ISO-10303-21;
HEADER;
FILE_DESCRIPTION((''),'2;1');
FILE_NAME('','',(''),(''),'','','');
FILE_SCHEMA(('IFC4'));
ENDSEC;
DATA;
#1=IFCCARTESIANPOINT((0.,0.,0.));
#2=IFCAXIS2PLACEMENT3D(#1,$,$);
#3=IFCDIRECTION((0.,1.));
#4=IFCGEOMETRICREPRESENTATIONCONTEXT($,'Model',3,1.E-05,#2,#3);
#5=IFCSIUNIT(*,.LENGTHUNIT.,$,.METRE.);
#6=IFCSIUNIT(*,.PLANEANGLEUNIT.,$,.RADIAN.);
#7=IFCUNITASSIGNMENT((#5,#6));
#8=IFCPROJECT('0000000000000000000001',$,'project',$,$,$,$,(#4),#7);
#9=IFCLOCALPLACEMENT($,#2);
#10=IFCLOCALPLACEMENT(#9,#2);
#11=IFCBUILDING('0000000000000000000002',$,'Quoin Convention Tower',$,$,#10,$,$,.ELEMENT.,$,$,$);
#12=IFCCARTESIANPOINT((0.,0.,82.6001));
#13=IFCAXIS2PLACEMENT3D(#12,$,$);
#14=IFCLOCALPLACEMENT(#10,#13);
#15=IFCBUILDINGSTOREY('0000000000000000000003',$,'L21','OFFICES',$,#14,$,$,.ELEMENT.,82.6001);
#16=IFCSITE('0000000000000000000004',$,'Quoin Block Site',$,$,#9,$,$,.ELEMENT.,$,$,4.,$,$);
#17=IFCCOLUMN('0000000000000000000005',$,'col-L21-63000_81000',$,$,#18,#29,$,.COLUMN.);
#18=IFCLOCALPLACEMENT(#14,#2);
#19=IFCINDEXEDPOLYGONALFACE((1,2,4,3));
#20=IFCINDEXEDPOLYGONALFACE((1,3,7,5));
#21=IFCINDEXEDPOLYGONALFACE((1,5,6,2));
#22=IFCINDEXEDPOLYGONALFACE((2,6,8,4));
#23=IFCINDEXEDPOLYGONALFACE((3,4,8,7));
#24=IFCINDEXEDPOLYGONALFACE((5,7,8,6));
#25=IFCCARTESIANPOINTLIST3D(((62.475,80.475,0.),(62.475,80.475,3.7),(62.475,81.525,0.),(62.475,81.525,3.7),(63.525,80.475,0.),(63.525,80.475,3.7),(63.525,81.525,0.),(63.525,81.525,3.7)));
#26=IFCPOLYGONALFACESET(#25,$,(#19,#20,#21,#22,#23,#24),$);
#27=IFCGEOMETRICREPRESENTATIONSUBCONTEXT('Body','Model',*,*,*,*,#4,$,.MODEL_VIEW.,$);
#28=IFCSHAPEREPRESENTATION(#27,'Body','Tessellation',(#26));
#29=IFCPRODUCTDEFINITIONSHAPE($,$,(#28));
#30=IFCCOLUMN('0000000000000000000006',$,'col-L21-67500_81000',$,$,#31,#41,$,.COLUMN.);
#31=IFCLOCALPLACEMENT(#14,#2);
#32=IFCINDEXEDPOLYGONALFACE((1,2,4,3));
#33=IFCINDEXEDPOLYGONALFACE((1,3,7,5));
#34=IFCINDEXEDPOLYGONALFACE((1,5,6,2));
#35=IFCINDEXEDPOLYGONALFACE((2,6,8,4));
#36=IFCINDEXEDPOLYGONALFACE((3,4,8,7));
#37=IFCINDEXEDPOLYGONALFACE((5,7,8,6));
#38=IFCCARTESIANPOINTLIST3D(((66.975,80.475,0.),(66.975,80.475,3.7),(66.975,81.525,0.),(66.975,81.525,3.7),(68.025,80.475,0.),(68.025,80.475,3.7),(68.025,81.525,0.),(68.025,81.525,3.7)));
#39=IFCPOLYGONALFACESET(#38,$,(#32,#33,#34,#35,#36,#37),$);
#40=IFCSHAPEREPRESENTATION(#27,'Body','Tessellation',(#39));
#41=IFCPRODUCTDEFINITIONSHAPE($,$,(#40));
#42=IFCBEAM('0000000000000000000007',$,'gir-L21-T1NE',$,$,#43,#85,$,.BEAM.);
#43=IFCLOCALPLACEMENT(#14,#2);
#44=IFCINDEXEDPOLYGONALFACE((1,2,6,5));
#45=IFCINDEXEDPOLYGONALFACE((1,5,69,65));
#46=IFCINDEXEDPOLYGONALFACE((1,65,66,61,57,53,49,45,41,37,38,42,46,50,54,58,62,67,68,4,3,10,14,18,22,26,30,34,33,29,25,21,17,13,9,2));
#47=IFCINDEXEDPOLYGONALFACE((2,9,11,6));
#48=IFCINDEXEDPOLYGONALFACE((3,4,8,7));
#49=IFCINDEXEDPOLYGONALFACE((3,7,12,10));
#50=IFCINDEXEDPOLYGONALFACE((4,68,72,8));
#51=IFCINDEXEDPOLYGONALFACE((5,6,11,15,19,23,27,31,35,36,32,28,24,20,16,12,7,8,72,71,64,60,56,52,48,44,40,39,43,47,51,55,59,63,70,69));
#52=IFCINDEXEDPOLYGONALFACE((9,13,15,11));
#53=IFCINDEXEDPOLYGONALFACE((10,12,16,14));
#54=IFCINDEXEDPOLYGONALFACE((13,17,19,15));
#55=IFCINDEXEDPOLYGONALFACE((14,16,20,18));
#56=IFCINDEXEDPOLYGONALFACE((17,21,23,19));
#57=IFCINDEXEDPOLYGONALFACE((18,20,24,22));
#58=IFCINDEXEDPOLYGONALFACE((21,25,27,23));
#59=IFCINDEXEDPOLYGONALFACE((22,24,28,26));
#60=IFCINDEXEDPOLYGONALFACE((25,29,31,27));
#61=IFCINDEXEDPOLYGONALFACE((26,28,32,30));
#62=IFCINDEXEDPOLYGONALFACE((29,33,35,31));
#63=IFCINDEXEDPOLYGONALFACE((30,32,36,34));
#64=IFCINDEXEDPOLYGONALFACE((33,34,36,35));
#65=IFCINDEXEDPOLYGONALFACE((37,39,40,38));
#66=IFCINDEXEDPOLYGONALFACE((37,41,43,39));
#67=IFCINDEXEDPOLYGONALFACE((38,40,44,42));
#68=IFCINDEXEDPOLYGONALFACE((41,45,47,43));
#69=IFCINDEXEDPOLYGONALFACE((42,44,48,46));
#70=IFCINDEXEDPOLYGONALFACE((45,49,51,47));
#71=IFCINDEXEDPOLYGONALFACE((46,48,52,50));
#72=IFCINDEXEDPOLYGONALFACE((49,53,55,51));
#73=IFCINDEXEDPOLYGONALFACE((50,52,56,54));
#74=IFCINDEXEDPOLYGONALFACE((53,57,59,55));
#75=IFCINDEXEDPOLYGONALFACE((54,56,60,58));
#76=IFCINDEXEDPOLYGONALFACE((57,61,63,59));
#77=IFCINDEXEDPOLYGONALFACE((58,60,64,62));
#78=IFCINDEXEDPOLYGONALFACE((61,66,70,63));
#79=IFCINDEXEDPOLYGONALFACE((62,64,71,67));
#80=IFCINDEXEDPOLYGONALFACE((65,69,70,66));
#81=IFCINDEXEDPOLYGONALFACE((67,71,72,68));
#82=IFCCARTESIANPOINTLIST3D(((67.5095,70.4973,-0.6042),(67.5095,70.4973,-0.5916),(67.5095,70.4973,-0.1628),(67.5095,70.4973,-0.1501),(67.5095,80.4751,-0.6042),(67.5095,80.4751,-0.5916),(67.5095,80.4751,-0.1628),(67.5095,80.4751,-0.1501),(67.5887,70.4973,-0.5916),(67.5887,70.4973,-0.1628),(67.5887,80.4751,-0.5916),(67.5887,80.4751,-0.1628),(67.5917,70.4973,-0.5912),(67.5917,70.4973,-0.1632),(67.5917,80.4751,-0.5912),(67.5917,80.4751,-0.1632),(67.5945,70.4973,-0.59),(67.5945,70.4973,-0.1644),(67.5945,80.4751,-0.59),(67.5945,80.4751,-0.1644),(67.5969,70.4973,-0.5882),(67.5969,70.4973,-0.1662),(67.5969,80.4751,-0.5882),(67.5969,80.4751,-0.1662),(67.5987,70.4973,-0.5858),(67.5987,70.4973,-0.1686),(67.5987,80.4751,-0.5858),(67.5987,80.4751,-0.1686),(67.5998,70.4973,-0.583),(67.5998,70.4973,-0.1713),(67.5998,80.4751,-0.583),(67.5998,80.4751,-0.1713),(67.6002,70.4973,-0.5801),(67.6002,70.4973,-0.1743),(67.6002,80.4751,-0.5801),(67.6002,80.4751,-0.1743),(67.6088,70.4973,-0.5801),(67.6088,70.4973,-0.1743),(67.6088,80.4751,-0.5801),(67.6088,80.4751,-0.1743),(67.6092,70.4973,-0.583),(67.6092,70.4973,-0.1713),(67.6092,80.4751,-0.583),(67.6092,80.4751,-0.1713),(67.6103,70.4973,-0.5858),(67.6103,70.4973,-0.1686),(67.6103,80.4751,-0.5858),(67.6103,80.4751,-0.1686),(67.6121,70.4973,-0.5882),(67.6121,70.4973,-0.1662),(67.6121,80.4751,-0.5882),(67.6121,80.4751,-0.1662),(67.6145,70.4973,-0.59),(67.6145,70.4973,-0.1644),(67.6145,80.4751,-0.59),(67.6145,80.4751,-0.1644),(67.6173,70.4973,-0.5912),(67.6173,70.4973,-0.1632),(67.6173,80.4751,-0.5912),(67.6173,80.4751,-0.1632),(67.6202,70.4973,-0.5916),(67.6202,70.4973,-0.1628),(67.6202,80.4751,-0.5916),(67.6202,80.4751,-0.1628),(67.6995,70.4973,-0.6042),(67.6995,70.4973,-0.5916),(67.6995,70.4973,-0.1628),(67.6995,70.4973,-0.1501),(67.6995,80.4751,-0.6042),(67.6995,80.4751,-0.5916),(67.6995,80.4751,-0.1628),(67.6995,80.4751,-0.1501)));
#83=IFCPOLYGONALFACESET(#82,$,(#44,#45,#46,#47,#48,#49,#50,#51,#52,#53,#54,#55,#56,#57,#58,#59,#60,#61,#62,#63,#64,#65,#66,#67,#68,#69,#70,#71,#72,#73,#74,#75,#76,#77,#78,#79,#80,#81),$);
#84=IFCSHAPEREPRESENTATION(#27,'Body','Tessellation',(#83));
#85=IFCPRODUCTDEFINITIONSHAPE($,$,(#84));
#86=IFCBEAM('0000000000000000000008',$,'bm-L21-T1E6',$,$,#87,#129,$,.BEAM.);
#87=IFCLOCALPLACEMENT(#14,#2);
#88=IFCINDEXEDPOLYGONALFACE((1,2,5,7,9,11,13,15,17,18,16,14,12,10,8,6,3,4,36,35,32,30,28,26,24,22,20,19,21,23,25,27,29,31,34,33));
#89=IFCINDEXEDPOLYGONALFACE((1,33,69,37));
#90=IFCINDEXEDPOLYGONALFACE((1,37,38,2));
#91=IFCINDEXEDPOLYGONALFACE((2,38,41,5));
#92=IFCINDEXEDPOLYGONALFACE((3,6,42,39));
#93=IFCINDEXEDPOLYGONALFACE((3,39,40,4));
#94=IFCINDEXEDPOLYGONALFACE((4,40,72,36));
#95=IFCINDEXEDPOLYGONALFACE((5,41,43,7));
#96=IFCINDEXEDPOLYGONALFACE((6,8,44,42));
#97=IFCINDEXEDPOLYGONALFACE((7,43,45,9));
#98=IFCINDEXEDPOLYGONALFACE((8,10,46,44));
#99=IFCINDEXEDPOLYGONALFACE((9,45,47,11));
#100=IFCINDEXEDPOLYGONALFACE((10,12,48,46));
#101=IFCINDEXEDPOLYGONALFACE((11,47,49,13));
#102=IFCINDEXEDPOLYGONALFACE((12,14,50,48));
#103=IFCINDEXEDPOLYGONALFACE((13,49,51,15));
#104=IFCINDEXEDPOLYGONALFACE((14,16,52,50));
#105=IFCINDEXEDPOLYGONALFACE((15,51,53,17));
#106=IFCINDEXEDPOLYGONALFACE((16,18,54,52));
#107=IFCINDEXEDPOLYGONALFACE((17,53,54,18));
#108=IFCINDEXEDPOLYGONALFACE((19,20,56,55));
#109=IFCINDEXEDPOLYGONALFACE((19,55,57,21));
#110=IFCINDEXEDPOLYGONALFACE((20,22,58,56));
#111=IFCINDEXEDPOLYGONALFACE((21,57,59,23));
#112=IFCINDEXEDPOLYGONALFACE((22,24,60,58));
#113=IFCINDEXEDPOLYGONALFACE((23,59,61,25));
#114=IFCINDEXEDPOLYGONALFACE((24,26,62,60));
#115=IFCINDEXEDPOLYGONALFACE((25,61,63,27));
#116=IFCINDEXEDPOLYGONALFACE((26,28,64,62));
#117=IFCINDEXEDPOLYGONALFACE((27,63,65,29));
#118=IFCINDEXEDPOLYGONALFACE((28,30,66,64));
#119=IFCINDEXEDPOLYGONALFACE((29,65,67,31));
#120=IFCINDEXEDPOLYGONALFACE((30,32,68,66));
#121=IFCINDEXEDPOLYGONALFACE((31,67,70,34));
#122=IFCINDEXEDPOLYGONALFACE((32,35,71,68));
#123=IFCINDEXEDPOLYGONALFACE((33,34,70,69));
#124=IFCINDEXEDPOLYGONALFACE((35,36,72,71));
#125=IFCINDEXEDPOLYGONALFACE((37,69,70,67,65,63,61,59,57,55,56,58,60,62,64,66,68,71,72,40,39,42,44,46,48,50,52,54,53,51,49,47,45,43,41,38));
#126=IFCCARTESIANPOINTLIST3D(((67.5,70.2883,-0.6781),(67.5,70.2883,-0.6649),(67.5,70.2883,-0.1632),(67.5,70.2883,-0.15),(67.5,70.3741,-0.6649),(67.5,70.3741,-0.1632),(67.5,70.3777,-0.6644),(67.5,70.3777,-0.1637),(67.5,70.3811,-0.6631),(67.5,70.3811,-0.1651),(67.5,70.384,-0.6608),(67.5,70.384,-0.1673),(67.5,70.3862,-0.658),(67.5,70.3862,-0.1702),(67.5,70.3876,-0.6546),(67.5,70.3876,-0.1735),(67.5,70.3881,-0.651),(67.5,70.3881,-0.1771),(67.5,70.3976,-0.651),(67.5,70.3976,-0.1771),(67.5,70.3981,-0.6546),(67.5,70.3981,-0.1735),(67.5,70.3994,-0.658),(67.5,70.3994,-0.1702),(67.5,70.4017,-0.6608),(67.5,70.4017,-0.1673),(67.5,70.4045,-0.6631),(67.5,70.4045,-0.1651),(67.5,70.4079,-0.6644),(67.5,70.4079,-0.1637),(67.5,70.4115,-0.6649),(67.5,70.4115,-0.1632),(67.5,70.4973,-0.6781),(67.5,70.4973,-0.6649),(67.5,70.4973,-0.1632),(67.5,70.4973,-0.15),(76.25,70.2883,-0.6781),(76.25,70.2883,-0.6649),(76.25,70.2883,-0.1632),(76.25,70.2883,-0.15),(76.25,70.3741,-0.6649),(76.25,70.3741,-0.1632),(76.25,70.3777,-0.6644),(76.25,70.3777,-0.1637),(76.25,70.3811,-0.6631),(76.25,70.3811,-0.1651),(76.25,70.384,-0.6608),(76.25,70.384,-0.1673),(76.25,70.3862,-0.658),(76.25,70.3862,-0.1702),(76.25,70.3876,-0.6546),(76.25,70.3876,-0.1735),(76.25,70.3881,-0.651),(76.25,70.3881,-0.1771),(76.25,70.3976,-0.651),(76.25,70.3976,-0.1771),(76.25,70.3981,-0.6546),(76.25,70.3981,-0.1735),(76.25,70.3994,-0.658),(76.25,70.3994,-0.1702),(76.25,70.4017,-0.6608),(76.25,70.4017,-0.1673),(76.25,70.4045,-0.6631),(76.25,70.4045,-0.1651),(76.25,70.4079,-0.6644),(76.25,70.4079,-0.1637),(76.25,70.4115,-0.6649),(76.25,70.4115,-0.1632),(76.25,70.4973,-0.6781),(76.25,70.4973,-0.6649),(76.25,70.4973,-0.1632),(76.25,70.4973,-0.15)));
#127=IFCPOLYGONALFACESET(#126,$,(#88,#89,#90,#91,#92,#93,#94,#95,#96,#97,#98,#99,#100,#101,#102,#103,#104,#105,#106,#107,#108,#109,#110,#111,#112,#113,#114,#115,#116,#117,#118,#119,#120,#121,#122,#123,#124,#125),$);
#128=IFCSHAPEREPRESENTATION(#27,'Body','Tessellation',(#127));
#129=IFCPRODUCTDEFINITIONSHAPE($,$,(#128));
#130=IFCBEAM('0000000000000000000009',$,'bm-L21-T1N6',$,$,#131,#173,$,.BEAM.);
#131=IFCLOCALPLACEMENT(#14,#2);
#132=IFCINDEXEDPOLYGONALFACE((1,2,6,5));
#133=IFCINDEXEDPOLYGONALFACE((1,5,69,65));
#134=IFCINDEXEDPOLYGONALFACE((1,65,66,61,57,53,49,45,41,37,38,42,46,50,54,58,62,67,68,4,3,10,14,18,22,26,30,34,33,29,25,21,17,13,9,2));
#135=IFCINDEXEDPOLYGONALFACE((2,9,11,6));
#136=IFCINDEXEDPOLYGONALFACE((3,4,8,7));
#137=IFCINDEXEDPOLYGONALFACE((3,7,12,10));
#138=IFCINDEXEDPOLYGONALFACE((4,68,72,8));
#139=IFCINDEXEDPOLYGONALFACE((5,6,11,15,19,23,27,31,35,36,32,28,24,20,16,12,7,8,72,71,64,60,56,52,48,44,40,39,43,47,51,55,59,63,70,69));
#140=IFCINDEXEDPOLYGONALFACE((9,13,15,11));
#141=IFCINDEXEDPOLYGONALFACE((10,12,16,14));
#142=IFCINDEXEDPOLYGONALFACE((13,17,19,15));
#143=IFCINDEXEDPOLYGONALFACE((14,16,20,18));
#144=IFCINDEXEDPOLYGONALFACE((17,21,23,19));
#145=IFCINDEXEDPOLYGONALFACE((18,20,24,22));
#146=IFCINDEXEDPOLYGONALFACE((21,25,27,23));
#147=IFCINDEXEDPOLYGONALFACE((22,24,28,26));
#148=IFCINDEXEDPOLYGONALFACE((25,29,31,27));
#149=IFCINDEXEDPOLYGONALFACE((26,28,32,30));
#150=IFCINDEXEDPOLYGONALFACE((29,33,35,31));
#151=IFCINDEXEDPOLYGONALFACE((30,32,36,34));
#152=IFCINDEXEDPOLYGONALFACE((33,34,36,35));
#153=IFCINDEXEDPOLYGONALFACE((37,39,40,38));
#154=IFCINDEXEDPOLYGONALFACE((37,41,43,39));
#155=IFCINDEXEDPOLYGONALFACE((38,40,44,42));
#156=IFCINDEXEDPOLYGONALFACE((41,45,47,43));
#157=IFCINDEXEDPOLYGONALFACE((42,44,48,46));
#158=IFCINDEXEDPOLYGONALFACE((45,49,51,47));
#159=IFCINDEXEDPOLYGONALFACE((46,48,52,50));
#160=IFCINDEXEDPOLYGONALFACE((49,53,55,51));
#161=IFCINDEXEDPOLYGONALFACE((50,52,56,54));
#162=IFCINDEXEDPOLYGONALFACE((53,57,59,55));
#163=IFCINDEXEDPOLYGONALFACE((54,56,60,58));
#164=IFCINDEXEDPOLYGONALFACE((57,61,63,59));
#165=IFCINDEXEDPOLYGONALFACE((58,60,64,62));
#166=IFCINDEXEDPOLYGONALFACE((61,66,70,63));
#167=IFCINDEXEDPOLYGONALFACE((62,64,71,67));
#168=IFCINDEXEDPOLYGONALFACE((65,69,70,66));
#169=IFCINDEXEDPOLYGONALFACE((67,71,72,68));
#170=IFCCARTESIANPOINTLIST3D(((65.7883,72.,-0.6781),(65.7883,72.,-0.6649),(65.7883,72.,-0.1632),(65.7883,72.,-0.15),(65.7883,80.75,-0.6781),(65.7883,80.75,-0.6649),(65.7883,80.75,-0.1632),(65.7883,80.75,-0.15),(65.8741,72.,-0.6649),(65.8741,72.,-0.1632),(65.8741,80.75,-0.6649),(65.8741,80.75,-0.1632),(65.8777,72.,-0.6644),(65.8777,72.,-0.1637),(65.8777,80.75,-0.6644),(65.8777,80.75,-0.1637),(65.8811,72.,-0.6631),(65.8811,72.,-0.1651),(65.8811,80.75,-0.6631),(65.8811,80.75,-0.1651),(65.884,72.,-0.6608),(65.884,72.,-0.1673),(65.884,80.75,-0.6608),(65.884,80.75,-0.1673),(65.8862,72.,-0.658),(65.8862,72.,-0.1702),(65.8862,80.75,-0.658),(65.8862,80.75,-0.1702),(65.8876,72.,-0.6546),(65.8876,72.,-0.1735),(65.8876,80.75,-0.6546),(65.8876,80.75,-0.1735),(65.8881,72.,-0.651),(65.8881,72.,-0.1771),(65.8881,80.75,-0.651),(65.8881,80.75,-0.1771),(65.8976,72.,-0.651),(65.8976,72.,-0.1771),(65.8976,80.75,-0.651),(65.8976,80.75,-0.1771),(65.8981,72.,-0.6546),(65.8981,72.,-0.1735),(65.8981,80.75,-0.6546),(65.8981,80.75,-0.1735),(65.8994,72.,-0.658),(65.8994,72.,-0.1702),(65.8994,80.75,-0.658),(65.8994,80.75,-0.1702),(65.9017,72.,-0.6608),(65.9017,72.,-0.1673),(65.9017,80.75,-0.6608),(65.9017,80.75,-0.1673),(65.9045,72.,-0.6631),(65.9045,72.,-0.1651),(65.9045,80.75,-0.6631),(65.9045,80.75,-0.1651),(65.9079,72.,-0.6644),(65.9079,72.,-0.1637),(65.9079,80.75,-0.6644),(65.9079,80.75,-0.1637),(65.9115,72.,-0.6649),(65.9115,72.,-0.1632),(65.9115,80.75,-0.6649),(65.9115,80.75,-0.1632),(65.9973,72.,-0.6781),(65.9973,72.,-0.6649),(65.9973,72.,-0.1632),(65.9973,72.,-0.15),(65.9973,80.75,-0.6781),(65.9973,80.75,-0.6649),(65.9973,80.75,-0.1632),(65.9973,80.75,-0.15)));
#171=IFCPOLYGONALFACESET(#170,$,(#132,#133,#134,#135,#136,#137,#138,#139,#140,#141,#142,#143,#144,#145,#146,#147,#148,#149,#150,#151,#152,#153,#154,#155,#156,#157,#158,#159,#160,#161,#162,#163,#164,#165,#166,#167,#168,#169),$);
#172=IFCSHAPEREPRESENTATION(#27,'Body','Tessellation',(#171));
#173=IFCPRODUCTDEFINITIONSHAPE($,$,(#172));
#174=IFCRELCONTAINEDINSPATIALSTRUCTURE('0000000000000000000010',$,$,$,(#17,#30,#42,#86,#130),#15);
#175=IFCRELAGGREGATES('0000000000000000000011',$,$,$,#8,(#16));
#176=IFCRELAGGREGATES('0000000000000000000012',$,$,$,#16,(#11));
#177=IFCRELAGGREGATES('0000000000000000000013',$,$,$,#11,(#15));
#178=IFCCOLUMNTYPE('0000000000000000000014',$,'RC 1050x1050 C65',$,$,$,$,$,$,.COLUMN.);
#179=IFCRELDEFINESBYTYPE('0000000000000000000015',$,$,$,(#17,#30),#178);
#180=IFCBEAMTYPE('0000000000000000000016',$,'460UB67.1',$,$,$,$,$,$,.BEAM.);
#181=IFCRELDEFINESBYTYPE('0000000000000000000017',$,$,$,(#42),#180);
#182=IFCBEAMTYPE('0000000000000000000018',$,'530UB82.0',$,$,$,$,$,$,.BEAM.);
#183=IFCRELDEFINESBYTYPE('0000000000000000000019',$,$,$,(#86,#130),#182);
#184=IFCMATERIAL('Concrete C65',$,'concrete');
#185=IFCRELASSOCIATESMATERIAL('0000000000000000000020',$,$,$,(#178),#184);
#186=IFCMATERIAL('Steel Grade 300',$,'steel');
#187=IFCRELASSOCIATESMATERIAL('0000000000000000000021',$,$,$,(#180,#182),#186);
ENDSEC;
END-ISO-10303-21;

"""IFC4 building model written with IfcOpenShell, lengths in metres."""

from ifc_helpers import new_model, si_unit, direction, frame, origin, origin_2d, place, context, subcontext, project, spatial, rectangle, i_section, extrude, material, material_profile, profile_set, type_object, element, save


model = new_model("IFC4")

# Units and contexts
model_context = context("Model", 3, precision=1e-05, world=origin(), true_north=direction((0.0, 1.0)))
body_context = subcontext(model_context, "Body", "Model", "MODEL_VIEW")
ifc_project = project(units=[si_unit("LENGTHUNIT", "METRE"), si_unit("PLANEANGLEUNIT", "RADIAN")], contexts=[model_context])

# Site, building, storey
site_placement = place(None, origin())
site = spatial("IfcSite", under=ifc_project, at=site_placement, Name="Quoin Block Site", CompositionType="ELEMENT", RefElevation=4.0)
building_placement = place(site_placement, origin())
building = spatial("IfcBuilding", under=site, at=building_placement, Name="Quoin Convention Tower", CompositionType="ELEMENT")
storey_placement = place(building_placement, frame((0.0, 0.0, 82.6001)))
storey = spatial("IfcBuildingStorey", under=building, at=storey_placement, Name="L21", Description="OFFICES", CompositionType="ELEMENT", Elevation=82.6001)

# Columns
ifc_material_1 = material(Name="Concrete C65", Category="concrete")
ifc_material_profile_1 = material_profile(ifc_material_1, rectangle(XDim=1.05, YDim=1.05, at=origin_2d()), Name="RC 1050x1050")
ifc_profile_set_1 = profile_set([ifc_material_profile_1], Name="Concrete C65")
column_type = type_object("IfcColumnType", Name="RC 1050x1050 C65", PredefinedType="COLUMN", material=ifc_profile_set_1)
for number, where, z_axis, x_axis, name in (
    (1, (63.0, 81.0, 0.0), (0.0, 0.0, 1.0), (1.0, 0.0, 0.0), "col-L21-63000_81000"),
    (2, (67.5, 81.0, 0.0), (0.0, 0.0, 1.0), (1.0, 0.0, 0.0), "col-L21-67500_81000"),
):
    element("IfcColumn", number, at=place(storey_placement, frame(where, z_axis=z_axis, x_axis=x_axis)), inside=storey, type_object=column_type, Name=name, PredefinedType="COLUMN", context=body_context, shape_type="SweptSolid", body=[
        extrude(rectangle(XDim=1.05, YDim=1.05, at=origin_2d()), origin(), (0.0, 0.0, 1.0), 3.7),
    ])

# Beams
ifc_material_2 = material(Name="Steel Grade 300", Category="steel")
ifc_material_profile_2 = material_profile(ifc_material_2, i_section(OverallWidth=0.1899, OverallDepth=0.4541, WebThickness=0.0085, FlangeThickness=0.0127, FilletRadius=0.0115, at=origin_2d()), Name="460UB67.1")
ifc_profile_set_2 = profile_set([ifc_material_profile_2], Name="Steel Grade 300")
beam_type_1 = type_object("IfcBeamType", Name="460UB67.1", PredefinedType="BEAM", material=ifc_profile_set_2)
beam_1_placement = place(storey_placement, frame((67.6045, 80.4751, -0.3772), z_axis=(0.0, -1.0, 0.0), x_axis=(1.0, 0.0, 0.0)))
element("IfcBeam", 3, at=beam_1_placement, inside=storey, type_object=beam_type_1, Name="gir-L21-T1NE", PredefinedType="BEAM", context=body_context, shape_type="SweptSolid", body=[
    extrude(i_section(OverallWidth=0.1899, OverallDepth=0.4541, WebThickness=0.0085, FlangeThickness=0.0127, FilletRadius=0.0115, at=origin_2d()), origin(), (0.0, 0.0, 1.0), 9.9778),
])
ifc_material_profile_3 = material_profile(ifc_material_2, i_section(OverallWidth=0.209, OverallDepth=0.5281, WebThickness=0.0095, FlangeThickness=0.0132, FilletRadius=0.0139, at=origin_2d()), Name="530UB82.0")
ifc_profile_set_3 = profile_set([ifc_material_profile_3], Name="Steel Grade 300")
beam_type_2 = type_object("IfcBeamType", Name="530UB82.0", PredefinedType="BEAM", material=ifc_profile_set_3)
for number, where, z_axis, x_axis, name in (
    (4, (67.5, 70.3928, -0.4141), (1.0, 0.0, 0.0), (0.0, 1.0, 0.0), "bm-L21-T1E6"),
    (5, (65.8928, 72.0, -0.4141), (0.0, 1.0, 0.0), (-1.0, 0.0, 0.0), "bm-L21-T1N6"),
):
    element("IfcBeam", number, at=place(storey_placement, frame(where, z_axis=z_axis, x_axis=x_axis)), inside=storey, type_object=beam_type_2, Name=name, PredefinedType="BEAM", context=body_context, shape_type="SweptSolid", body=[
        extrude(i_section(OverallWidth=0.209, OverallDepth=0.5281, WebThickness=0.0095, FlangeThickness=0.0132, FilletRadius=0.0139, at=origin_2d()), origin(), (0.0, 0.0, 1.0), 8.75),
    ])

save(model, "model.ifc")
